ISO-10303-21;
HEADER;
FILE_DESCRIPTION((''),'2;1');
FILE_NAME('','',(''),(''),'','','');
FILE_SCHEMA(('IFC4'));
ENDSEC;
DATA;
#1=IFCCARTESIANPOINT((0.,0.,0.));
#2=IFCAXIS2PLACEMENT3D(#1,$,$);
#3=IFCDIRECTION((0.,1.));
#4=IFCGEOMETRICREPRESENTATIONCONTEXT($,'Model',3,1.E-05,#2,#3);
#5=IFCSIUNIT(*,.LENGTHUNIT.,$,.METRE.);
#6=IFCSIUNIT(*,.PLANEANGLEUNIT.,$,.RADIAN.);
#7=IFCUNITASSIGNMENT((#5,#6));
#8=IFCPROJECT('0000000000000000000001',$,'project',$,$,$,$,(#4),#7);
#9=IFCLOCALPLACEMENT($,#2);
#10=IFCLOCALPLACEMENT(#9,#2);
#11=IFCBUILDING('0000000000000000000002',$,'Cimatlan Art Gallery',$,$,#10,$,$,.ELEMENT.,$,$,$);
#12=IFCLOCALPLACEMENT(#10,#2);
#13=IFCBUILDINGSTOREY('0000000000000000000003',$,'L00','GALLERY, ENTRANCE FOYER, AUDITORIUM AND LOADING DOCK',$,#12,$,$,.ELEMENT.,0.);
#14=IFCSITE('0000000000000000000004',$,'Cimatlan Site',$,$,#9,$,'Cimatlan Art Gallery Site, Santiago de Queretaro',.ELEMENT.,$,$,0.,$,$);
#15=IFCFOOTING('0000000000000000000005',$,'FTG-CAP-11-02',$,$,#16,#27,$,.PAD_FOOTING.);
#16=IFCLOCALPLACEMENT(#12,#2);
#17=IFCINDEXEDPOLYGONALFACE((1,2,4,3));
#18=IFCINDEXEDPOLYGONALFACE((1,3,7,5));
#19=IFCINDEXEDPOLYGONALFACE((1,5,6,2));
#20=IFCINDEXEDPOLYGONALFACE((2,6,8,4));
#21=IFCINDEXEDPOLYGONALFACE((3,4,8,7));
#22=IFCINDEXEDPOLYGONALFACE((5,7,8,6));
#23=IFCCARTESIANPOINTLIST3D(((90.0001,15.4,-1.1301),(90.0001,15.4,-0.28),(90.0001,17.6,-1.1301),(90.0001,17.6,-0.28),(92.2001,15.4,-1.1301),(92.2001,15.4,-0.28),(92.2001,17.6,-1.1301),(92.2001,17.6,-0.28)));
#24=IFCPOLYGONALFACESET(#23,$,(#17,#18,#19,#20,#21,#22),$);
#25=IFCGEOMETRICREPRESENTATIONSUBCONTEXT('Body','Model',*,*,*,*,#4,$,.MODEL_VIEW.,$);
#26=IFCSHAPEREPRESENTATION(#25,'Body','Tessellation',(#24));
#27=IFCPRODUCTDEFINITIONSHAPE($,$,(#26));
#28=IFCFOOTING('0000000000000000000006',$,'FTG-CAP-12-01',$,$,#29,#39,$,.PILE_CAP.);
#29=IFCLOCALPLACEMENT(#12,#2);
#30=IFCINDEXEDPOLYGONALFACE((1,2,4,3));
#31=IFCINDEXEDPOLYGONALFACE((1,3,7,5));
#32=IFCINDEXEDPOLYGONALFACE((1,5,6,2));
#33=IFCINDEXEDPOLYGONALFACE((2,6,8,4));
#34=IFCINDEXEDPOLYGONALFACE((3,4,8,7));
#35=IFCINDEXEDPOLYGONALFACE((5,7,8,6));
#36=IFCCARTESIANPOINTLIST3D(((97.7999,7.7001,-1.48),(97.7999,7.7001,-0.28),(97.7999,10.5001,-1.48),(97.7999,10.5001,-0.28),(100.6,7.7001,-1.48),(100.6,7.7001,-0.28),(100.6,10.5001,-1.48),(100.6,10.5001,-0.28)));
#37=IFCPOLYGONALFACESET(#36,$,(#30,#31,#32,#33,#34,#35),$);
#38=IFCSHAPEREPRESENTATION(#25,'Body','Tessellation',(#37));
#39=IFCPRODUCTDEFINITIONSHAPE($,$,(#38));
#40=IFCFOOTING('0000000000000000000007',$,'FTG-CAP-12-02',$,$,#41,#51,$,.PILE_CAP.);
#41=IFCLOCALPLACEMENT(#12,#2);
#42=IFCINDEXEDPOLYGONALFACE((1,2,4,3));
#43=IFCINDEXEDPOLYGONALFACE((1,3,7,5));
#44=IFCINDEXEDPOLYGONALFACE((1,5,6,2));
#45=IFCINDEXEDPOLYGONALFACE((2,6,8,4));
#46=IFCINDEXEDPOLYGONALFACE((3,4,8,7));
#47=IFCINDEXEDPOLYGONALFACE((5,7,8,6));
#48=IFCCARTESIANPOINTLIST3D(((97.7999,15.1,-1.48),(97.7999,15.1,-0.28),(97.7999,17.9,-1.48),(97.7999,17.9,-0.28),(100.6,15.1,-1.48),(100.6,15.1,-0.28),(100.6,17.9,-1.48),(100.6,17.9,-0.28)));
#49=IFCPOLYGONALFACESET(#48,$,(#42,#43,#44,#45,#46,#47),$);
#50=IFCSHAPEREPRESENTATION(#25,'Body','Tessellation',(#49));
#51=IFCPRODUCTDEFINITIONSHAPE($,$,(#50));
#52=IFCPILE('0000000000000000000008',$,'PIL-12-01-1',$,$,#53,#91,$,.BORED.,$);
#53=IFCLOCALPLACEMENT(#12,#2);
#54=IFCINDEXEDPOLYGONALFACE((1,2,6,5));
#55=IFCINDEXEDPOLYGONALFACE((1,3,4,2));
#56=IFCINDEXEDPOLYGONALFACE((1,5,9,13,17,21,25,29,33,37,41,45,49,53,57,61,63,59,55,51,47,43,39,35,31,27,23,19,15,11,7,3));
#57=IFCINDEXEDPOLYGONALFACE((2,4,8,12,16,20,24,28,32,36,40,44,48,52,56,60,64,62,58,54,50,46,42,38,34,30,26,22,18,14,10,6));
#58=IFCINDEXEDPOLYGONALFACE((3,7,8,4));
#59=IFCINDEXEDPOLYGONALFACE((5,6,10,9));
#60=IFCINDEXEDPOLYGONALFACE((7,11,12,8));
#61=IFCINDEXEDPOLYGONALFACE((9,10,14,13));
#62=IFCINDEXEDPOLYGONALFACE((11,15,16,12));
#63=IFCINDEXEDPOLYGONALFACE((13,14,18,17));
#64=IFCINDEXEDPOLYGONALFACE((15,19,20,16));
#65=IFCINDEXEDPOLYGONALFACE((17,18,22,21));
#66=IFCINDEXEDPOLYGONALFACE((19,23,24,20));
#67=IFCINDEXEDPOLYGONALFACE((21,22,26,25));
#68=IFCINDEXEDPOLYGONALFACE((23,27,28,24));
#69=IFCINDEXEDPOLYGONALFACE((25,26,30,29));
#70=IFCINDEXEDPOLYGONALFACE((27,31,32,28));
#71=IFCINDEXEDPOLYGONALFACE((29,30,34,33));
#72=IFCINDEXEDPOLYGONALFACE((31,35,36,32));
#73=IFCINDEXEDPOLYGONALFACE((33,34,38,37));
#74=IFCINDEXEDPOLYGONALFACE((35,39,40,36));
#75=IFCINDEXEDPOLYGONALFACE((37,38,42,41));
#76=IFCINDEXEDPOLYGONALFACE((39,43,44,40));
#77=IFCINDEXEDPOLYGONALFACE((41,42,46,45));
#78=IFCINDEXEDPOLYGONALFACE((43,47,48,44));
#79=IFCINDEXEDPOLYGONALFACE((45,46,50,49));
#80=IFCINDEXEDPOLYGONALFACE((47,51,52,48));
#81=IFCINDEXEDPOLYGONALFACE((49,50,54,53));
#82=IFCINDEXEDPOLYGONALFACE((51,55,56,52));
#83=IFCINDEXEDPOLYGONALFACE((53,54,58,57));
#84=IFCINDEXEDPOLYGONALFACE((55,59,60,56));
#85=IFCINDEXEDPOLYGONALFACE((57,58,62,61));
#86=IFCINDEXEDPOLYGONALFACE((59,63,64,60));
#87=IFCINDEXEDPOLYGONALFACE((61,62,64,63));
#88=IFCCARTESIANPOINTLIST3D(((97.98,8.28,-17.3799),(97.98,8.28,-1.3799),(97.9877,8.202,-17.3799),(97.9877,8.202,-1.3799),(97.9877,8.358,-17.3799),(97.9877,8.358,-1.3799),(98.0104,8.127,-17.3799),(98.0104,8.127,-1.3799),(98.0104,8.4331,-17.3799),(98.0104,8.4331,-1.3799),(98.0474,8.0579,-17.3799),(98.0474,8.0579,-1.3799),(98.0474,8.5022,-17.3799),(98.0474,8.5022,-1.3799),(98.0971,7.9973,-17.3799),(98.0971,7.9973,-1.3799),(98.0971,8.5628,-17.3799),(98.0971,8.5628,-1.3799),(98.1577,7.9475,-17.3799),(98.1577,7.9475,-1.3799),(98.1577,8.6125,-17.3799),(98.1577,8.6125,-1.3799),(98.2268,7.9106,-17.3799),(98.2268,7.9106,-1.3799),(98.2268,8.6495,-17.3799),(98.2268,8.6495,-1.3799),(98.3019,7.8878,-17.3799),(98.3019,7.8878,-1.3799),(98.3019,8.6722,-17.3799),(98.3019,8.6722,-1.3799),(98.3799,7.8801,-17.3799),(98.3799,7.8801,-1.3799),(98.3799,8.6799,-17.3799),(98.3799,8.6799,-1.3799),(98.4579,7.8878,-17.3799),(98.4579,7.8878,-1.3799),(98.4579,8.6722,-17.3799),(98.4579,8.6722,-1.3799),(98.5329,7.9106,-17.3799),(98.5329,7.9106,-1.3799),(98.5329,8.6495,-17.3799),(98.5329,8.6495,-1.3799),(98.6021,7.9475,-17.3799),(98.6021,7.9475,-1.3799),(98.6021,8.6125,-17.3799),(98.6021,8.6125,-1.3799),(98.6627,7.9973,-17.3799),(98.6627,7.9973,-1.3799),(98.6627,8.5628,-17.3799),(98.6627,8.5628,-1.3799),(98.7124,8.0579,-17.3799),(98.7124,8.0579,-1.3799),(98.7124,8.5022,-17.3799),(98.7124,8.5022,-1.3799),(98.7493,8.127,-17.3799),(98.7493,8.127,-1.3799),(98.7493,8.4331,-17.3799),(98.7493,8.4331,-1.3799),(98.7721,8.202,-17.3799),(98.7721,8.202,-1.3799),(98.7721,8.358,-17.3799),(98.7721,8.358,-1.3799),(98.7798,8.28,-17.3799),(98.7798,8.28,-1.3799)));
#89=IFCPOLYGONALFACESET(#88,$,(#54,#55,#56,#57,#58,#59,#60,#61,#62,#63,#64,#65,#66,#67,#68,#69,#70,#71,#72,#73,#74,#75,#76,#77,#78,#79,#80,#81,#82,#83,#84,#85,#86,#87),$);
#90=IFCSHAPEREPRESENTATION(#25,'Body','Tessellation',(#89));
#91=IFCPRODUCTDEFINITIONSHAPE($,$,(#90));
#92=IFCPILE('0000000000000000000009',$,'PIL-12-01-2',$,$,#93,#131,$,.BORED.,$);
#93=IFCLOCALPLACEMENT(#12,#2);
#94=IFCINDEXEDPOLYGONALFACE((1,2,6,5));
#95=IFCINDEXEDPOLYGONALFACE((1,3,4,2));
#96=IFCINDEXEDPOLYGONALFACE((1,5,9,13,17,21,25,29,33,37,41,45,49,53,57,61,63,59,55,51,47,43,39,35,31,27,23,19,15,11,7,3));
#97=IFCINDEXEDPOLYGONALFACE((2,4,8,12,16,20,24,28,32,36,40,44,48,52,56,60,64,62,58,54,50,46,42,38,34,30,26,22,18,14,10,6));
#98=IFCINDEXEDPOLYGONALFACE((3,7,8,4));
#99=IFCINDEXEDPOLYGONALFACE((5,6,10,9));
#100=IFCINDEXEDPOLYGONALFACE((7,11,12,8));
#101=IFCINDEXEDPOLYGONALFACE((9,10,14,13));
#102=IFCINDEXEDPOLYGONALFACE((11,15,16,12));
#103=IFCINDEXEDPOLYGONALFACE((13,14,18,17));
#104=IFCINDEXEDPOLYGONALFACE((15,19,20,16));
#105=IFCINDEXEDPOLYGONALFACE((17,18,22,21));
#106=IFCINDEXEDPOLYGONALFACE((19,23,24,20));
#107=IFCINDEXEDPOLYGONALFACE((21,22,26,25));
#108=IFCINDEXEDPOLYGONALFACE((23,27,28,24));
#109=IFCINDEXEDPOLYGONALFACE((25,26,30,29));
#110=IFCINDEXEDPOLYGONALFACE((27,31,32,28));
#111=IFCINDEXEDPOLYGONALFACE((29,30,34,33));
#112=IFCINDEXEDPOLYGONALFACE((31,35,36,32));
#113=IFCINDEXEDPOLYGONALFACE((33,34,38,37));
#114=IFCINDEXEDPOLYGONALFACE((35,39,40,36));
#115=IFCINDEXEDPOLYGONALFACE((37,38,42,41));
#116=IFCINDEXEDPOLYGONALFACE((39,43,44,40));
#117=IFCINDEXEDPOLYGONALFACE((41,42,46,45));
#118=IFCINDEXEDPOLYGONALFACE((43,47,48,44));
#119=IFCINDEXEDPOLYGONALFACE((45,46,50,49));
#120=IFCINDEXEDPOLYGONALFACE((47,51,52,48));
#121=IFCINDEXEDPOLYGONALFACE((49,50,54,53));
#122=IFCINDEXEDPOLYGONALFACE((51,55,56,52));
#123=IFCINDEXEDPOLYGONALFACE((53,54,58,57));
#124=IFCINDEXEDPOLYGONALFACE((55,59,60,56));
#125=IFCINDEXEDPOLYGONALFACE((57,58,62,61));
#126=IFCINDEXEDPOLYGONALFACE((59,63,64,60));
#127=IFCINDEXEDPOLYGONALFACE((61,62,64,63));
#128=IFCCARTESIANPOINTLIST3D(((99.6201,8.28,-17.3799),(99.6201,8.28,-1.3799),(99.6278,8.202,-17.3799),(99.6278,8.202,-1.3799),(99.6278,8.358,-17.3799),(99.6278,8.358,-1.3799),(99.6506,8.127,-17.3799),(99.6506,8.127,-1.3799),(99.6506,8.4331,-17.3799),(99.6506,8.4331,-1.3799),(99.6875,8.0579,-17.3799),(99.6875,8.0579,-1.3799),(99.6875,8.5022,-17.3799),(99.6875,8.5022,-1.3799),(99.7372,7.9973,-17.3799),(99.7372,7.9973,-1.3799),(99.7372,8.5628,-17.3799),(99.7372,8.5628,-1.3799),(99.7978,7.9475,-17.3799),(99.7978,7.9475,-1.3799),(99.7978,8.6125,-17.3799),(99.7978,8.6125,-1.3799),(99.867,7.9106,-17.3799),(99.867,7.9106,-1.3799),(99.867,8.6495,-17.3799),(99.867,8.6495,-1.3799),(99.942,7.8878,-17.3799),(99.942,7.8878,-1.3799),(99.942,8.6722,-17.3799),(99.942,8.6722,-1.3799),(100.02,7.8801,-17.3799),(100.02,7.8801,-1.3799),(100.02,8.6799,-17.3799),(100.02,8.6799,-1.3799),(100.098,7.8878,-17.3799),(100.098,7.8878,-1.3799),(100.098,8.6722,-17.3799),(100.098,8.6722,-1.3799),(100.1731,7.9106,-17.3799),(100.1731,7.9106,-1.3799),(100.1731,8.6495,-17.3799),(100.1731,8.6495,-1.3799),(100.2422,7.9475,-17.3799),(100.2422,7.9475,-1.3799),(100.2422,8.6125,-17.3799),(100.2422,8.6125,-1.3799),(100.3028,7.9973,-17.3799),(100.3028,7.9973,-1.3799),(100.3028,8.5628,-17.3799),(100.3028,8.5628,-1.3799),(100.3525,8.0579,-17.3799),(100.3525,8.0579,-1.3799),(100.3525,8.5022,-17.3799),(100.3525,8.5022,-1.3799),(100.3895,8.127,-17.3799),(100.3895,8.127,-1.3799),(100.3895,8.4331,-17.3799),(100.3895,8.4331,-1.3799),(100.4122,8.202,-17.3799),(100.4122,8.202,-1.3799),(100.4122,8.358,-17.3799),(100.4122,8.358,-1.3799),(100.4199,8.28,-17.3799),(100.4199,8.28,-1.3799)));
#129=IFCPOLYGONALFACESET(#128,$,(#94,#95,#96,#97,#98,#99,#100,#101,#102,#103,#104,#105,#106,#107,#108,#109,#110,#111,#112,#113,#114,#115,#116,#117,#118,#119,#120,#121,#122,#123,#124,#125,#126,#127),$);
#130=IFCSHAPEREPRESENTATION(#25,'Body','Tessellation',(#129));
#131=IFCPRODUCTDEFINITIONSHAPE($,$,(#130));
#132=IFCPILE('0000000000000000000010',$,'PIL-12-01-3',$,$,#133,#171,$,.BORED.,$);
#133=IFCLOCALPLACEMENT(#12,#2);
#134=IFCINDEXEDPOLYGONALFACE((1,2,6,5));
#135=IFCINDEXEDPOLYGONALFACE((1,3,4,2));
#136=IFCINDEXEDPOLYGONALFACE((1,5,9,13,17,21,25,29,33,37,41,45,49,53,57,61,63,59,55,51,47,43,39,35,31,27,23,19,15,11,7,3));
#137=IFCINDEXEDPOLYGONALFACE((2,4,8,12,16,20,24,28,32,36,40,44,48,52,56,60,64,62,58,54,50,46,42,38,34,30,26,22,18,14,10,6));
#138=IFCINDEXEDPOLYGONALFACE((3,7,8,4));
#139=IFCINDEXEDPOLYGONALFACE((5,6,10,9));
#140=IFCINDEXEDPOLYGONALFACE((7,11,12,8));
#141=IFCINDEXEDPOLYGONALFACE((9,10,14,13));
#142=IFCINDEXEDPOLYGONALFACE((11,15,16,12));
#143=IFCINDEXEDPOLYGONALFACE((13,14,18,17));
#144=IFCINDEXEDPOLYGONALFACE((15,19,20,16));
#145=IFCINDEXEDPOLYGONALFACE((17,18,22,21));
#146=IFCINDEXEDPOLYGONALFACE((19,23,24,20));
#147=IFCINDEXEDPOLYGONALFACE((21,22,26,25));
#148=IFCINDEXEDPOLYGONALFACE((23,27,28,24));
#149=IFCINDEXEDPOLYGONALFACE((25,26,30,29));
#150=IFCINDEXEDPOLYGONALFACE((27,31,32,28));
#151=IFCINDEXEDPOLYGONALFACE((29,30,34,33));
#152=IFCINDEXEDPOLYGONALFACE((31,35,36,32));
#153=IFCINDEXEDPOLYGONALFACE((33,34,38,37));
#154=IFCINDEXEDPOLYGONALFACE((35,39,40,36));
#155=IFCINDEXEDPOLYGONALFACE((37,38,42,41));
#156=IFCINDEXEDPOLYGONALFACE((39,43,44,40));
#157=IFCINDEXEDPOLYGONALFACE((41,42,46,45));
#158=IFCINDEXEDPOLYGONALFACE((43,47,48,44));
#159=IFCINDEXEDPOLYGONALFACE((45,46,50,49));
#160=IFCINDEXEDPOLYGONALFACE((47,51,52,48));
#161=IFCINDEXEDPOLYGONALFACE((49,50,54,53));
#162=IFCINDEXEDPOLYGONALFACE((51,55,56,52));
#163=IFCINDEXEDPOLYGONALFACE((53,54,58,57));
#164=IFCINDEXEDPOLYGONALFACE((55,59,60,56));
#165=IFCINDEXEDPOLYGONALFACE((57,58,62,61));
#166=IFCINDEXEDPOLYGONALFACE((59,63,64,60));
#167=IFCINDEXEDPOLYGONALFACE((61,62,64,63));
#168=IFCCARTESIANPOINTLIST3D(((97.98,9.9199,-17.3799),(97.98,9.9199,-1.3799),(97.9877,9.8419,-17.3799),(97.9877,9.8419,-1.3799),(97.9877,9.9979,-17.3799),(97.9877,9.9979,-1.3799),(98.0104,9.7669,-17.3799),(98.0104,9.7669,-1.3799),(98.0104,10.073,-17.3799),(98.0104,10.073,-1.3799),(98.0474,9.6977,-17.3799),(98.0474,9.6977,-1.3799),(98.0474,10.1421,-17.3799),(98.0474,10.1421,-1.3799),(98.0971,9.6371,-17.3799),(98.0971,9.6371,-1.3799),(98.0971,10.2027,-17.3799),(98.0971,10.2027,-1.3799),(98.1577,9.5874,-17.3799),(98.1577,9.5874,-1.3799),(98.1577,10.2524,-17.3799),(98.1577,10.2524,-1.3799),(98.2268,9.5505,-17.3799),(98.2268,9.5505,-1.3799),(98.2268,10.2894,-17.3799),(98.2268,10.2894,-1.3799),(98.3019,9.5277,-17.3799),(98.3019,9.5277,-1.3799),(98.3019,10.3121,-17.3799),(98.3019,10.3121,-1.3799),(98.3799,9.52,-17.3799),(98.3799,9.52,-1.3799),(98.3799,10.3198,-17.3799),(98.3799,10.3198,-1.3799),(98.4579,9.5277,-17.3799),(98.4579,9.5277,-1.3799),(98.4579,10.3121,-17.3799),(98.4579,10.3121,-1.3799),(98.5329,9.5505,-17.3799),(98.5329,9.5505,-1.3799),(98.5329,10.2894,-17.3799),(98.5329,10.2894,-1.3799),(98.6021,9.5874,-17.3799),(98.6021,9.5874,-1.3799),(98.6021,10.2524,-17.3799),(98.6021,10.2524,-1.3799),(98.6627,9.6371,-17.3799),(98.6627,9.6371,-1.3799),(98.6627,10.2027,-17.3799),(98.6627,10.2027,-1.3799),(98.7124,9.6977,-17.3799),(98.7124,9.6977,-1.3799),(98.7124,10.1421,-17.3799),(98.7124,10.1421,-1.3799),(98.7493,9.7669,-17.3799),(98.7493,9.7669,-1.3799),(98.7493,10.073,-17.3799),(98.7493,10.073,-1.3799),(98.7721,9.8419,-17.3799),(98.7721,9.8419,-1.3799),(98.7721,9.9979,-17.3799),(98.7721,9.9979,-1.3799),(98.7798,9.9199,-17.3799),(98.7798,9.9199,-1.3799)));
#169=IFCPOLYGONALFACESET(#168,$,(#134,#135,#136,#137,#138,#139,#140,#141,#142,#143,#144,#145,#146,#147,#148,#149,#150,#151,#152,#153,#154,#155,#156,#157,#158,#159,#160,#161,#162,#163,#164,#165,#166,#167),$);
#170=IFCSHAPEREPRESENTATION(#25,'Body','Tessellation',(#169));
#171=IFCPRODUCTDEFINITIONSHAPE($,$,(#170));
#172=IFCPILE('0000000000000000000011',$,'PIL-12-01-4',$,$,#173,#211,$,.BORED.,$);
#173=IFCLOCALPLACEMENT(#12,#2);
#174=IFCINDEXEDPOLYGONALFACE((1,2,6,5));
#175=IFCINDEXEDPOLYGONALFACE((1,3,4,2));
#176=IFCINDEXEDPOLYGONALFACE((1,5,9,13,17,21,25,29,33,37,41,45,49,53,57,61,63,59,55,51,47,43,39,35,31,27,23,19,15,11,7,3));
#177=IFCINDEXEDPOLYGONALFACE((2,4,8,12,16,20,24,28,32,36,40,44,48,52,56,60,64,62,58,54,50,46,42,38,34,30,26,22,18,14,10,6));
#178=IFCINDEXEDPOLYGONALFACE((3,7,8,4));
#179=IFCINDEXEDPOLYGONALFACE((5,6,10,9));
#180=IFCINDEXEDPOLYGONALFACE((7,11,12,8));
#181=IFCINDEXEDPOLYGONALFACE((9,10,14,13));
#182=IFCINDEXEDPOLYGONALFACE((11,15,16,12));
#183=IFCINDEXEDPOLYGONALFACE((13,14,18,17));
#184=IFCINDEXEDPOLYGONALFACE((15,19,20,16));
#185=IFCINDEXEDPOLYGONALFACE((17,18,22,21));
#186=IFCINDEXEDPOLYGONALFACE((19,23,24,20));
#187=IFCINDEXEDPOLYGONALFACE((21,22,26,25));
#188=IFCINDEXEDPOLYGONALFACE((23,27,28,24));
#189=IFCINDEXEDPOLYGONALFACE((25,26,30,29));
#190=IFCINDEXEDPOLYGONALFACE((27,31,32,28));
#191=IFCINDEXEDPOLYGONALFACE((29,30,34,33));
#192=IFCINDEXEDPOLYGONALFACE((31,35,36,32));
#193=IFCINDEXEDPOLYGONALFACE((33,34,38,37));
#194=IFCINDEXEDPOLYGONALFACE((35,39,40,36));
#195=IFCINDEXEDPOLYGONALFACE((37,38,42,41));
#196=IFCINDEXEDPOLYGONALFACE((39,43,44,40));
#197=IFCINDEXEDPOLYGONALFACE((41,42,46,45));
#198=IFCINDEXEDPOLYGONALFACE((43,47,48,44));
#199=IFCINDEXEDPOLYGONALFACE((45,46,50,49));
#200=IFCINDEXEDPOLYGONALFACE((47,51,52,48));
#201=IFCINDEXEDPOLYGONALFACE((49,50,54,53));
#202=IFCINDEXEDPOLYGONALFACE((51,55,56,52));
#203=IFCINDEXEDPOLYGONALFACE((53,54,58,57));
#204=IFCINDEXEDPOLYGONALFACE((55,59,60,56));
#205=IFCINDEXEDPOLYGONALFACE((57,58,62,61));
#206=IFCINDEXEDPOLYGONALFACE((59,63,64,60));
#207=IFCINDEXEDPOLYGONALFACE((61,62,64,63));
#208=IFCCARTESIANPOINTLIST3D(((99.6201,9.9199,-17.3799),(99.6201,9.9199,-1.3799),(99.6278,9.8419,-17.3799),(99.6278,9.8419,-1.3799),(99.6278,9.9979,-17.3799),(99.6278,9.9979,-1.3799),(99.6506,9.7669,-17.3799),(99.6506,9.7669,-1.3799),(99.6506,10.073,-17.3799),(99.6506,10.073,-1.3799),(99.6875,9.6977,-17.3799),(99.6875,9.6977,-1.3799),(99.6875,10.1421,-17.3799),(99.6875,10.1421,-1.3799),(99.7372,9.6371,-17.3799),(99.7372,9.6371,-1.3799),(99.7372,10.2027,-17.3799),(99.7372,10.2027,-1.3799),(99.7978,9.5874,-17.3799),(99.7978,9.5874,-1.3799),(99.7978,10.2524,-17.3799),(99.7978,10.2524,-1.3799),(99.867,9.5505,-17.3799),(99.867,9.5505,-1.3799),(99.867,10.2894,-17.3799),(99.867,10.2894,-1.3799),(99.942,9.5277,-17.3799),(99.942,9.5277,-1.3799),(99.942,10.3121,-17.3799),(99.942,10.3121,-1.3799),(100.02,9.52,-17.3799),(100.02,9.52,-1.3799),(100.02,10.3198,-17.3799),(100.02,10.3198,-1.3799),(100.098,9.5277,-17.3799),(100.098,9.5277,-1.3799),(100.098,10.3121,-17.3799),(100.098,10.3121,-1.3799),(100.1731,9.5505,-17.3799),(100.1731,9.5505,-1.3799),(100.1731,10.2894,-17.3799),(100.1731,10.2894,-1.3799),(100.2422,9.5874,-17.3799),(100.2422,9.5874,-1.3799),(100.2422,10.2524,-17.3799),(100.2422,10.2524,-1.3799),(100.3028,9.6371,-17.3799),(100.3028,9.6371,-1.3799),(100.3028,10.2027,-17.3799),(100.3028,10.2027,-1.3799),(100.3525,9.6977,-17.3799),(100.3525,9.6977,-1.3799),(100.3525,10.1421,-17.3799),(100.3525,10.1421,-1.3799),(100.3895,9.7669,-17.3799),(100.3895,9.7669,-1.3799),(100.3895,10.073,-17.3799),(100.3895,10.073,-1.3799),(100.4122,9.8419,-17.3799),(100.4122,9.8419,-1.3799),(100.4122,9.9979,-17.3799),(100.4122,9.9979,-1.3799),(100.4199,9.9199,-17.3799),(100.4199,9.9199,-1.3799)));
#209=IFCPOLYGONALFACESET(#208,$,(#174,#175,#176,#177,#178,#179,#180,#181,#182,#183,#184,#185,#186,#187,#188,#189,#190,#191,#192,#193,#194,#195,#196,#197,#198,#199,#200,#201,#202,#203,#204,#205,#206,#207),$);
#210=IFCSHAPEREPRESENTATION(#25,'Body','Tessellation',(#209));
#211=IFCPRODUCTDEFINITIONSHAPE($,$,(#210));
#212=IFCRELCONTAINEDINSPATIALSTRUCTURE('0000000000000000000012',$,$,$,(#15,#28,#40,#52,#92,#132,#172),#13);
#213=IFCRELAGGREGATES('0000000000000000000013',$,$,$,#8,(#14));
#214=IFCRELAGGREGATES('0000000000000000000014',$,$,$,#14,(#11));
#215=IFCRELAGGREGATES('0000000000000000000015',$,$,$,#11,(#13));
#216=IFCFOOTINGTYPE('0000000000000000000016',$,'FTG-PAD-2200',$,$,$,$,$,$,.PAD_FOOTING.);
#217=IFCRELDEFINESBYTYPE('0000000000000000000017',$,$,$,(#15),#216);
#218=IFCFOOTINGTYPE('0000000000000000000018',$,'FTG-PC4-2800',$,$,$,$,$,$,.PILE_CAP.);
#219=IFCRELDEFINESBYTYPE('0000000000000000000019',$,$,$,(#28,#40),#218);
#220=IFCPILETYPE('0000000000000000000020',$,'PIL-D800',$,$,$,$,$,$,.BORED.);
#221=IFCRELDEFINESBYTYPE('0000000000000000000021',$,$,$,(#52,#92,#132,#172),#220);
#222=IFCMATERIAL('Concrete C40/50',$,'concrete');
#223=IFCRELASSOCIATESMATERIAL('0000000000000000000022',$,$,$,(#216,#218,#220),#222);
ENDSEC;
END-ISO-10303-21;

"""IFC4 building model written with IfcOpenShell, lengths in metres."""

from ifc_helpers import new_model, si_unit, direction, frame, origin, origin_2d, place, context, subcontext, project, spatial, rectangle, circle, extrude, material, type_object, element, save


model = new_model("IFC4")

# Units and contexts
model_context = context("Model", 3, precision=1e-05, world=origin(), true_north=direction((0.0, 1.0)))
body_context = subcontext(model_context, "Body", "Model", "MODEL_VIEW")
ifc_project = project(units=[si_unit("LENGTHUNIT", "METRE"), si_unit("PLANEANGLEUNIT", "RADIAN")], contexts=[model_context])

# Site, building, storey
site_placement = place(None, origin())
site = spatial("IfcSite", under=ifc_project, at=site_placement, Name="Cimatlan Site", LongName="Cimatlan Art Gallery Site, Santiago de Queretaro", CompositionType="ELEMENT", RefElevation=0.0)
building_placement = place(site_placement, origin())
building = spatial("IfcBuilding", under=site, at=building_placement, Name="Cimatlan Art Gallery", CompositionType="ELEMENT")
storey_placement = place(building_placement, origin())
storey = spatial("IfcBuildingStorey", under=building, at=storey_placement, Name="L00", Description="GALLERY, ENTRANCE FOYER, AUDITORIUM AND LOADING DOCK", CompositionType="ELEMENT", Elevation=0.0)

# Footings
ifc_material_1 = material(Name="Concrete C40/50", Category="concrete")
footing_type_1 = type_object("IfcFootingType", Name="FTG-PAD-2200", PredefinedType="PAD_FOOTING", material=ifc_material_1)
footing_placement = place(storey_placement, frame((91.1001, 16.5, -1.1301), z_axis=(0.0, 0.0, 1.0), x_axis=(1.0, 0.0, 0.0)))
element("IfcFooting", 1, at=footing_placement, inside=storey, type_object=footing_type_1, Name="FTG-CAP-11-02", PredefinedType="PAD_FOOTING", context=body_context, shape_type="SweptSolid", body=[
    extrude(rectangle(XDim=2.2, YDim=2.2, at=origin_2d()), origin(), (0.0, 0.0, 1.0), 0.8501),
])
footing_type_2 = type_object("IfcFootingType", Name="FTG-PC4-2800", PredefinedType="PILE_CAP", material=ifc_material_1)
for number, where, z_axis, x_axis, name in (
    (2, (99.2, 9.1001, -1.48), (0.0, 0.0, 1.0), (1.0, 0.0, 0.0), "FTG-CAP-12-01"),
    (3, (99.2, 16.5, -1.48), (0.0, 0.0, 1.0), (1.0, 0.0, 0.0), "FTG-CAP-12-02"),
):
    element("IfcFooting", number, at=place(storey_placement, frame(where, z_axis=z_axis, x_axis=x_axis)), inside=storey, type_object=footing_type_2, Name=name, PredefinedType="PILE_CAP", context=body_context, shape_type="SweptSolid", body=[
        extrude(rectangle(XDim=2.8, YDim=2.8, at=origin_2d()), origin(), (0.0, 0.0, 1.0), 1.2),
    ])

# Piles
pile_type = type_object("IfcPileType", Name="PIL-D800", PredefinedType="BORED", material=ifc_material_1)
for number, where, z_axis, x_axis, name in (
    (4, (98.3799, 8.28, -1.3799), (0.0, 0.0, -1.0), (1.0, 0.0, 0.0), "PIL-12-01-1"),
    (5, (100.02, 8.28, -1.3799), (0.0, 0.0, -1.0), (1.0, 0.0, 0.0), "PIL-12-01-2"),
    (6, (98.3799, 9.9199, -1.3799), (0.0, 0.0, -1.0), (1.0, 0.0, 0.0), "PIL-12-01-3"),
    (7, (100.02, 9.9199, -1.3799), (0.0, 0.0, -1.0), (1.0, 0.0, 0.0), "PIL-12-01-4"),
):
    element("IfcPile", number, at=place(storey_placement, frame(where, z_axis=z_axis, x_axis=x_axis)), inside=storey, type_object=pile_type, Name=name, PredefinedType="BORED", context=body_context, shape_type="SweptSolid", body=[
        extrude(circle(Radius=0.3999, at=origin_2d()), origin(), (0.0, 0.0, 1.0), 16.0),
    ])

save(model, "model.ifc")
